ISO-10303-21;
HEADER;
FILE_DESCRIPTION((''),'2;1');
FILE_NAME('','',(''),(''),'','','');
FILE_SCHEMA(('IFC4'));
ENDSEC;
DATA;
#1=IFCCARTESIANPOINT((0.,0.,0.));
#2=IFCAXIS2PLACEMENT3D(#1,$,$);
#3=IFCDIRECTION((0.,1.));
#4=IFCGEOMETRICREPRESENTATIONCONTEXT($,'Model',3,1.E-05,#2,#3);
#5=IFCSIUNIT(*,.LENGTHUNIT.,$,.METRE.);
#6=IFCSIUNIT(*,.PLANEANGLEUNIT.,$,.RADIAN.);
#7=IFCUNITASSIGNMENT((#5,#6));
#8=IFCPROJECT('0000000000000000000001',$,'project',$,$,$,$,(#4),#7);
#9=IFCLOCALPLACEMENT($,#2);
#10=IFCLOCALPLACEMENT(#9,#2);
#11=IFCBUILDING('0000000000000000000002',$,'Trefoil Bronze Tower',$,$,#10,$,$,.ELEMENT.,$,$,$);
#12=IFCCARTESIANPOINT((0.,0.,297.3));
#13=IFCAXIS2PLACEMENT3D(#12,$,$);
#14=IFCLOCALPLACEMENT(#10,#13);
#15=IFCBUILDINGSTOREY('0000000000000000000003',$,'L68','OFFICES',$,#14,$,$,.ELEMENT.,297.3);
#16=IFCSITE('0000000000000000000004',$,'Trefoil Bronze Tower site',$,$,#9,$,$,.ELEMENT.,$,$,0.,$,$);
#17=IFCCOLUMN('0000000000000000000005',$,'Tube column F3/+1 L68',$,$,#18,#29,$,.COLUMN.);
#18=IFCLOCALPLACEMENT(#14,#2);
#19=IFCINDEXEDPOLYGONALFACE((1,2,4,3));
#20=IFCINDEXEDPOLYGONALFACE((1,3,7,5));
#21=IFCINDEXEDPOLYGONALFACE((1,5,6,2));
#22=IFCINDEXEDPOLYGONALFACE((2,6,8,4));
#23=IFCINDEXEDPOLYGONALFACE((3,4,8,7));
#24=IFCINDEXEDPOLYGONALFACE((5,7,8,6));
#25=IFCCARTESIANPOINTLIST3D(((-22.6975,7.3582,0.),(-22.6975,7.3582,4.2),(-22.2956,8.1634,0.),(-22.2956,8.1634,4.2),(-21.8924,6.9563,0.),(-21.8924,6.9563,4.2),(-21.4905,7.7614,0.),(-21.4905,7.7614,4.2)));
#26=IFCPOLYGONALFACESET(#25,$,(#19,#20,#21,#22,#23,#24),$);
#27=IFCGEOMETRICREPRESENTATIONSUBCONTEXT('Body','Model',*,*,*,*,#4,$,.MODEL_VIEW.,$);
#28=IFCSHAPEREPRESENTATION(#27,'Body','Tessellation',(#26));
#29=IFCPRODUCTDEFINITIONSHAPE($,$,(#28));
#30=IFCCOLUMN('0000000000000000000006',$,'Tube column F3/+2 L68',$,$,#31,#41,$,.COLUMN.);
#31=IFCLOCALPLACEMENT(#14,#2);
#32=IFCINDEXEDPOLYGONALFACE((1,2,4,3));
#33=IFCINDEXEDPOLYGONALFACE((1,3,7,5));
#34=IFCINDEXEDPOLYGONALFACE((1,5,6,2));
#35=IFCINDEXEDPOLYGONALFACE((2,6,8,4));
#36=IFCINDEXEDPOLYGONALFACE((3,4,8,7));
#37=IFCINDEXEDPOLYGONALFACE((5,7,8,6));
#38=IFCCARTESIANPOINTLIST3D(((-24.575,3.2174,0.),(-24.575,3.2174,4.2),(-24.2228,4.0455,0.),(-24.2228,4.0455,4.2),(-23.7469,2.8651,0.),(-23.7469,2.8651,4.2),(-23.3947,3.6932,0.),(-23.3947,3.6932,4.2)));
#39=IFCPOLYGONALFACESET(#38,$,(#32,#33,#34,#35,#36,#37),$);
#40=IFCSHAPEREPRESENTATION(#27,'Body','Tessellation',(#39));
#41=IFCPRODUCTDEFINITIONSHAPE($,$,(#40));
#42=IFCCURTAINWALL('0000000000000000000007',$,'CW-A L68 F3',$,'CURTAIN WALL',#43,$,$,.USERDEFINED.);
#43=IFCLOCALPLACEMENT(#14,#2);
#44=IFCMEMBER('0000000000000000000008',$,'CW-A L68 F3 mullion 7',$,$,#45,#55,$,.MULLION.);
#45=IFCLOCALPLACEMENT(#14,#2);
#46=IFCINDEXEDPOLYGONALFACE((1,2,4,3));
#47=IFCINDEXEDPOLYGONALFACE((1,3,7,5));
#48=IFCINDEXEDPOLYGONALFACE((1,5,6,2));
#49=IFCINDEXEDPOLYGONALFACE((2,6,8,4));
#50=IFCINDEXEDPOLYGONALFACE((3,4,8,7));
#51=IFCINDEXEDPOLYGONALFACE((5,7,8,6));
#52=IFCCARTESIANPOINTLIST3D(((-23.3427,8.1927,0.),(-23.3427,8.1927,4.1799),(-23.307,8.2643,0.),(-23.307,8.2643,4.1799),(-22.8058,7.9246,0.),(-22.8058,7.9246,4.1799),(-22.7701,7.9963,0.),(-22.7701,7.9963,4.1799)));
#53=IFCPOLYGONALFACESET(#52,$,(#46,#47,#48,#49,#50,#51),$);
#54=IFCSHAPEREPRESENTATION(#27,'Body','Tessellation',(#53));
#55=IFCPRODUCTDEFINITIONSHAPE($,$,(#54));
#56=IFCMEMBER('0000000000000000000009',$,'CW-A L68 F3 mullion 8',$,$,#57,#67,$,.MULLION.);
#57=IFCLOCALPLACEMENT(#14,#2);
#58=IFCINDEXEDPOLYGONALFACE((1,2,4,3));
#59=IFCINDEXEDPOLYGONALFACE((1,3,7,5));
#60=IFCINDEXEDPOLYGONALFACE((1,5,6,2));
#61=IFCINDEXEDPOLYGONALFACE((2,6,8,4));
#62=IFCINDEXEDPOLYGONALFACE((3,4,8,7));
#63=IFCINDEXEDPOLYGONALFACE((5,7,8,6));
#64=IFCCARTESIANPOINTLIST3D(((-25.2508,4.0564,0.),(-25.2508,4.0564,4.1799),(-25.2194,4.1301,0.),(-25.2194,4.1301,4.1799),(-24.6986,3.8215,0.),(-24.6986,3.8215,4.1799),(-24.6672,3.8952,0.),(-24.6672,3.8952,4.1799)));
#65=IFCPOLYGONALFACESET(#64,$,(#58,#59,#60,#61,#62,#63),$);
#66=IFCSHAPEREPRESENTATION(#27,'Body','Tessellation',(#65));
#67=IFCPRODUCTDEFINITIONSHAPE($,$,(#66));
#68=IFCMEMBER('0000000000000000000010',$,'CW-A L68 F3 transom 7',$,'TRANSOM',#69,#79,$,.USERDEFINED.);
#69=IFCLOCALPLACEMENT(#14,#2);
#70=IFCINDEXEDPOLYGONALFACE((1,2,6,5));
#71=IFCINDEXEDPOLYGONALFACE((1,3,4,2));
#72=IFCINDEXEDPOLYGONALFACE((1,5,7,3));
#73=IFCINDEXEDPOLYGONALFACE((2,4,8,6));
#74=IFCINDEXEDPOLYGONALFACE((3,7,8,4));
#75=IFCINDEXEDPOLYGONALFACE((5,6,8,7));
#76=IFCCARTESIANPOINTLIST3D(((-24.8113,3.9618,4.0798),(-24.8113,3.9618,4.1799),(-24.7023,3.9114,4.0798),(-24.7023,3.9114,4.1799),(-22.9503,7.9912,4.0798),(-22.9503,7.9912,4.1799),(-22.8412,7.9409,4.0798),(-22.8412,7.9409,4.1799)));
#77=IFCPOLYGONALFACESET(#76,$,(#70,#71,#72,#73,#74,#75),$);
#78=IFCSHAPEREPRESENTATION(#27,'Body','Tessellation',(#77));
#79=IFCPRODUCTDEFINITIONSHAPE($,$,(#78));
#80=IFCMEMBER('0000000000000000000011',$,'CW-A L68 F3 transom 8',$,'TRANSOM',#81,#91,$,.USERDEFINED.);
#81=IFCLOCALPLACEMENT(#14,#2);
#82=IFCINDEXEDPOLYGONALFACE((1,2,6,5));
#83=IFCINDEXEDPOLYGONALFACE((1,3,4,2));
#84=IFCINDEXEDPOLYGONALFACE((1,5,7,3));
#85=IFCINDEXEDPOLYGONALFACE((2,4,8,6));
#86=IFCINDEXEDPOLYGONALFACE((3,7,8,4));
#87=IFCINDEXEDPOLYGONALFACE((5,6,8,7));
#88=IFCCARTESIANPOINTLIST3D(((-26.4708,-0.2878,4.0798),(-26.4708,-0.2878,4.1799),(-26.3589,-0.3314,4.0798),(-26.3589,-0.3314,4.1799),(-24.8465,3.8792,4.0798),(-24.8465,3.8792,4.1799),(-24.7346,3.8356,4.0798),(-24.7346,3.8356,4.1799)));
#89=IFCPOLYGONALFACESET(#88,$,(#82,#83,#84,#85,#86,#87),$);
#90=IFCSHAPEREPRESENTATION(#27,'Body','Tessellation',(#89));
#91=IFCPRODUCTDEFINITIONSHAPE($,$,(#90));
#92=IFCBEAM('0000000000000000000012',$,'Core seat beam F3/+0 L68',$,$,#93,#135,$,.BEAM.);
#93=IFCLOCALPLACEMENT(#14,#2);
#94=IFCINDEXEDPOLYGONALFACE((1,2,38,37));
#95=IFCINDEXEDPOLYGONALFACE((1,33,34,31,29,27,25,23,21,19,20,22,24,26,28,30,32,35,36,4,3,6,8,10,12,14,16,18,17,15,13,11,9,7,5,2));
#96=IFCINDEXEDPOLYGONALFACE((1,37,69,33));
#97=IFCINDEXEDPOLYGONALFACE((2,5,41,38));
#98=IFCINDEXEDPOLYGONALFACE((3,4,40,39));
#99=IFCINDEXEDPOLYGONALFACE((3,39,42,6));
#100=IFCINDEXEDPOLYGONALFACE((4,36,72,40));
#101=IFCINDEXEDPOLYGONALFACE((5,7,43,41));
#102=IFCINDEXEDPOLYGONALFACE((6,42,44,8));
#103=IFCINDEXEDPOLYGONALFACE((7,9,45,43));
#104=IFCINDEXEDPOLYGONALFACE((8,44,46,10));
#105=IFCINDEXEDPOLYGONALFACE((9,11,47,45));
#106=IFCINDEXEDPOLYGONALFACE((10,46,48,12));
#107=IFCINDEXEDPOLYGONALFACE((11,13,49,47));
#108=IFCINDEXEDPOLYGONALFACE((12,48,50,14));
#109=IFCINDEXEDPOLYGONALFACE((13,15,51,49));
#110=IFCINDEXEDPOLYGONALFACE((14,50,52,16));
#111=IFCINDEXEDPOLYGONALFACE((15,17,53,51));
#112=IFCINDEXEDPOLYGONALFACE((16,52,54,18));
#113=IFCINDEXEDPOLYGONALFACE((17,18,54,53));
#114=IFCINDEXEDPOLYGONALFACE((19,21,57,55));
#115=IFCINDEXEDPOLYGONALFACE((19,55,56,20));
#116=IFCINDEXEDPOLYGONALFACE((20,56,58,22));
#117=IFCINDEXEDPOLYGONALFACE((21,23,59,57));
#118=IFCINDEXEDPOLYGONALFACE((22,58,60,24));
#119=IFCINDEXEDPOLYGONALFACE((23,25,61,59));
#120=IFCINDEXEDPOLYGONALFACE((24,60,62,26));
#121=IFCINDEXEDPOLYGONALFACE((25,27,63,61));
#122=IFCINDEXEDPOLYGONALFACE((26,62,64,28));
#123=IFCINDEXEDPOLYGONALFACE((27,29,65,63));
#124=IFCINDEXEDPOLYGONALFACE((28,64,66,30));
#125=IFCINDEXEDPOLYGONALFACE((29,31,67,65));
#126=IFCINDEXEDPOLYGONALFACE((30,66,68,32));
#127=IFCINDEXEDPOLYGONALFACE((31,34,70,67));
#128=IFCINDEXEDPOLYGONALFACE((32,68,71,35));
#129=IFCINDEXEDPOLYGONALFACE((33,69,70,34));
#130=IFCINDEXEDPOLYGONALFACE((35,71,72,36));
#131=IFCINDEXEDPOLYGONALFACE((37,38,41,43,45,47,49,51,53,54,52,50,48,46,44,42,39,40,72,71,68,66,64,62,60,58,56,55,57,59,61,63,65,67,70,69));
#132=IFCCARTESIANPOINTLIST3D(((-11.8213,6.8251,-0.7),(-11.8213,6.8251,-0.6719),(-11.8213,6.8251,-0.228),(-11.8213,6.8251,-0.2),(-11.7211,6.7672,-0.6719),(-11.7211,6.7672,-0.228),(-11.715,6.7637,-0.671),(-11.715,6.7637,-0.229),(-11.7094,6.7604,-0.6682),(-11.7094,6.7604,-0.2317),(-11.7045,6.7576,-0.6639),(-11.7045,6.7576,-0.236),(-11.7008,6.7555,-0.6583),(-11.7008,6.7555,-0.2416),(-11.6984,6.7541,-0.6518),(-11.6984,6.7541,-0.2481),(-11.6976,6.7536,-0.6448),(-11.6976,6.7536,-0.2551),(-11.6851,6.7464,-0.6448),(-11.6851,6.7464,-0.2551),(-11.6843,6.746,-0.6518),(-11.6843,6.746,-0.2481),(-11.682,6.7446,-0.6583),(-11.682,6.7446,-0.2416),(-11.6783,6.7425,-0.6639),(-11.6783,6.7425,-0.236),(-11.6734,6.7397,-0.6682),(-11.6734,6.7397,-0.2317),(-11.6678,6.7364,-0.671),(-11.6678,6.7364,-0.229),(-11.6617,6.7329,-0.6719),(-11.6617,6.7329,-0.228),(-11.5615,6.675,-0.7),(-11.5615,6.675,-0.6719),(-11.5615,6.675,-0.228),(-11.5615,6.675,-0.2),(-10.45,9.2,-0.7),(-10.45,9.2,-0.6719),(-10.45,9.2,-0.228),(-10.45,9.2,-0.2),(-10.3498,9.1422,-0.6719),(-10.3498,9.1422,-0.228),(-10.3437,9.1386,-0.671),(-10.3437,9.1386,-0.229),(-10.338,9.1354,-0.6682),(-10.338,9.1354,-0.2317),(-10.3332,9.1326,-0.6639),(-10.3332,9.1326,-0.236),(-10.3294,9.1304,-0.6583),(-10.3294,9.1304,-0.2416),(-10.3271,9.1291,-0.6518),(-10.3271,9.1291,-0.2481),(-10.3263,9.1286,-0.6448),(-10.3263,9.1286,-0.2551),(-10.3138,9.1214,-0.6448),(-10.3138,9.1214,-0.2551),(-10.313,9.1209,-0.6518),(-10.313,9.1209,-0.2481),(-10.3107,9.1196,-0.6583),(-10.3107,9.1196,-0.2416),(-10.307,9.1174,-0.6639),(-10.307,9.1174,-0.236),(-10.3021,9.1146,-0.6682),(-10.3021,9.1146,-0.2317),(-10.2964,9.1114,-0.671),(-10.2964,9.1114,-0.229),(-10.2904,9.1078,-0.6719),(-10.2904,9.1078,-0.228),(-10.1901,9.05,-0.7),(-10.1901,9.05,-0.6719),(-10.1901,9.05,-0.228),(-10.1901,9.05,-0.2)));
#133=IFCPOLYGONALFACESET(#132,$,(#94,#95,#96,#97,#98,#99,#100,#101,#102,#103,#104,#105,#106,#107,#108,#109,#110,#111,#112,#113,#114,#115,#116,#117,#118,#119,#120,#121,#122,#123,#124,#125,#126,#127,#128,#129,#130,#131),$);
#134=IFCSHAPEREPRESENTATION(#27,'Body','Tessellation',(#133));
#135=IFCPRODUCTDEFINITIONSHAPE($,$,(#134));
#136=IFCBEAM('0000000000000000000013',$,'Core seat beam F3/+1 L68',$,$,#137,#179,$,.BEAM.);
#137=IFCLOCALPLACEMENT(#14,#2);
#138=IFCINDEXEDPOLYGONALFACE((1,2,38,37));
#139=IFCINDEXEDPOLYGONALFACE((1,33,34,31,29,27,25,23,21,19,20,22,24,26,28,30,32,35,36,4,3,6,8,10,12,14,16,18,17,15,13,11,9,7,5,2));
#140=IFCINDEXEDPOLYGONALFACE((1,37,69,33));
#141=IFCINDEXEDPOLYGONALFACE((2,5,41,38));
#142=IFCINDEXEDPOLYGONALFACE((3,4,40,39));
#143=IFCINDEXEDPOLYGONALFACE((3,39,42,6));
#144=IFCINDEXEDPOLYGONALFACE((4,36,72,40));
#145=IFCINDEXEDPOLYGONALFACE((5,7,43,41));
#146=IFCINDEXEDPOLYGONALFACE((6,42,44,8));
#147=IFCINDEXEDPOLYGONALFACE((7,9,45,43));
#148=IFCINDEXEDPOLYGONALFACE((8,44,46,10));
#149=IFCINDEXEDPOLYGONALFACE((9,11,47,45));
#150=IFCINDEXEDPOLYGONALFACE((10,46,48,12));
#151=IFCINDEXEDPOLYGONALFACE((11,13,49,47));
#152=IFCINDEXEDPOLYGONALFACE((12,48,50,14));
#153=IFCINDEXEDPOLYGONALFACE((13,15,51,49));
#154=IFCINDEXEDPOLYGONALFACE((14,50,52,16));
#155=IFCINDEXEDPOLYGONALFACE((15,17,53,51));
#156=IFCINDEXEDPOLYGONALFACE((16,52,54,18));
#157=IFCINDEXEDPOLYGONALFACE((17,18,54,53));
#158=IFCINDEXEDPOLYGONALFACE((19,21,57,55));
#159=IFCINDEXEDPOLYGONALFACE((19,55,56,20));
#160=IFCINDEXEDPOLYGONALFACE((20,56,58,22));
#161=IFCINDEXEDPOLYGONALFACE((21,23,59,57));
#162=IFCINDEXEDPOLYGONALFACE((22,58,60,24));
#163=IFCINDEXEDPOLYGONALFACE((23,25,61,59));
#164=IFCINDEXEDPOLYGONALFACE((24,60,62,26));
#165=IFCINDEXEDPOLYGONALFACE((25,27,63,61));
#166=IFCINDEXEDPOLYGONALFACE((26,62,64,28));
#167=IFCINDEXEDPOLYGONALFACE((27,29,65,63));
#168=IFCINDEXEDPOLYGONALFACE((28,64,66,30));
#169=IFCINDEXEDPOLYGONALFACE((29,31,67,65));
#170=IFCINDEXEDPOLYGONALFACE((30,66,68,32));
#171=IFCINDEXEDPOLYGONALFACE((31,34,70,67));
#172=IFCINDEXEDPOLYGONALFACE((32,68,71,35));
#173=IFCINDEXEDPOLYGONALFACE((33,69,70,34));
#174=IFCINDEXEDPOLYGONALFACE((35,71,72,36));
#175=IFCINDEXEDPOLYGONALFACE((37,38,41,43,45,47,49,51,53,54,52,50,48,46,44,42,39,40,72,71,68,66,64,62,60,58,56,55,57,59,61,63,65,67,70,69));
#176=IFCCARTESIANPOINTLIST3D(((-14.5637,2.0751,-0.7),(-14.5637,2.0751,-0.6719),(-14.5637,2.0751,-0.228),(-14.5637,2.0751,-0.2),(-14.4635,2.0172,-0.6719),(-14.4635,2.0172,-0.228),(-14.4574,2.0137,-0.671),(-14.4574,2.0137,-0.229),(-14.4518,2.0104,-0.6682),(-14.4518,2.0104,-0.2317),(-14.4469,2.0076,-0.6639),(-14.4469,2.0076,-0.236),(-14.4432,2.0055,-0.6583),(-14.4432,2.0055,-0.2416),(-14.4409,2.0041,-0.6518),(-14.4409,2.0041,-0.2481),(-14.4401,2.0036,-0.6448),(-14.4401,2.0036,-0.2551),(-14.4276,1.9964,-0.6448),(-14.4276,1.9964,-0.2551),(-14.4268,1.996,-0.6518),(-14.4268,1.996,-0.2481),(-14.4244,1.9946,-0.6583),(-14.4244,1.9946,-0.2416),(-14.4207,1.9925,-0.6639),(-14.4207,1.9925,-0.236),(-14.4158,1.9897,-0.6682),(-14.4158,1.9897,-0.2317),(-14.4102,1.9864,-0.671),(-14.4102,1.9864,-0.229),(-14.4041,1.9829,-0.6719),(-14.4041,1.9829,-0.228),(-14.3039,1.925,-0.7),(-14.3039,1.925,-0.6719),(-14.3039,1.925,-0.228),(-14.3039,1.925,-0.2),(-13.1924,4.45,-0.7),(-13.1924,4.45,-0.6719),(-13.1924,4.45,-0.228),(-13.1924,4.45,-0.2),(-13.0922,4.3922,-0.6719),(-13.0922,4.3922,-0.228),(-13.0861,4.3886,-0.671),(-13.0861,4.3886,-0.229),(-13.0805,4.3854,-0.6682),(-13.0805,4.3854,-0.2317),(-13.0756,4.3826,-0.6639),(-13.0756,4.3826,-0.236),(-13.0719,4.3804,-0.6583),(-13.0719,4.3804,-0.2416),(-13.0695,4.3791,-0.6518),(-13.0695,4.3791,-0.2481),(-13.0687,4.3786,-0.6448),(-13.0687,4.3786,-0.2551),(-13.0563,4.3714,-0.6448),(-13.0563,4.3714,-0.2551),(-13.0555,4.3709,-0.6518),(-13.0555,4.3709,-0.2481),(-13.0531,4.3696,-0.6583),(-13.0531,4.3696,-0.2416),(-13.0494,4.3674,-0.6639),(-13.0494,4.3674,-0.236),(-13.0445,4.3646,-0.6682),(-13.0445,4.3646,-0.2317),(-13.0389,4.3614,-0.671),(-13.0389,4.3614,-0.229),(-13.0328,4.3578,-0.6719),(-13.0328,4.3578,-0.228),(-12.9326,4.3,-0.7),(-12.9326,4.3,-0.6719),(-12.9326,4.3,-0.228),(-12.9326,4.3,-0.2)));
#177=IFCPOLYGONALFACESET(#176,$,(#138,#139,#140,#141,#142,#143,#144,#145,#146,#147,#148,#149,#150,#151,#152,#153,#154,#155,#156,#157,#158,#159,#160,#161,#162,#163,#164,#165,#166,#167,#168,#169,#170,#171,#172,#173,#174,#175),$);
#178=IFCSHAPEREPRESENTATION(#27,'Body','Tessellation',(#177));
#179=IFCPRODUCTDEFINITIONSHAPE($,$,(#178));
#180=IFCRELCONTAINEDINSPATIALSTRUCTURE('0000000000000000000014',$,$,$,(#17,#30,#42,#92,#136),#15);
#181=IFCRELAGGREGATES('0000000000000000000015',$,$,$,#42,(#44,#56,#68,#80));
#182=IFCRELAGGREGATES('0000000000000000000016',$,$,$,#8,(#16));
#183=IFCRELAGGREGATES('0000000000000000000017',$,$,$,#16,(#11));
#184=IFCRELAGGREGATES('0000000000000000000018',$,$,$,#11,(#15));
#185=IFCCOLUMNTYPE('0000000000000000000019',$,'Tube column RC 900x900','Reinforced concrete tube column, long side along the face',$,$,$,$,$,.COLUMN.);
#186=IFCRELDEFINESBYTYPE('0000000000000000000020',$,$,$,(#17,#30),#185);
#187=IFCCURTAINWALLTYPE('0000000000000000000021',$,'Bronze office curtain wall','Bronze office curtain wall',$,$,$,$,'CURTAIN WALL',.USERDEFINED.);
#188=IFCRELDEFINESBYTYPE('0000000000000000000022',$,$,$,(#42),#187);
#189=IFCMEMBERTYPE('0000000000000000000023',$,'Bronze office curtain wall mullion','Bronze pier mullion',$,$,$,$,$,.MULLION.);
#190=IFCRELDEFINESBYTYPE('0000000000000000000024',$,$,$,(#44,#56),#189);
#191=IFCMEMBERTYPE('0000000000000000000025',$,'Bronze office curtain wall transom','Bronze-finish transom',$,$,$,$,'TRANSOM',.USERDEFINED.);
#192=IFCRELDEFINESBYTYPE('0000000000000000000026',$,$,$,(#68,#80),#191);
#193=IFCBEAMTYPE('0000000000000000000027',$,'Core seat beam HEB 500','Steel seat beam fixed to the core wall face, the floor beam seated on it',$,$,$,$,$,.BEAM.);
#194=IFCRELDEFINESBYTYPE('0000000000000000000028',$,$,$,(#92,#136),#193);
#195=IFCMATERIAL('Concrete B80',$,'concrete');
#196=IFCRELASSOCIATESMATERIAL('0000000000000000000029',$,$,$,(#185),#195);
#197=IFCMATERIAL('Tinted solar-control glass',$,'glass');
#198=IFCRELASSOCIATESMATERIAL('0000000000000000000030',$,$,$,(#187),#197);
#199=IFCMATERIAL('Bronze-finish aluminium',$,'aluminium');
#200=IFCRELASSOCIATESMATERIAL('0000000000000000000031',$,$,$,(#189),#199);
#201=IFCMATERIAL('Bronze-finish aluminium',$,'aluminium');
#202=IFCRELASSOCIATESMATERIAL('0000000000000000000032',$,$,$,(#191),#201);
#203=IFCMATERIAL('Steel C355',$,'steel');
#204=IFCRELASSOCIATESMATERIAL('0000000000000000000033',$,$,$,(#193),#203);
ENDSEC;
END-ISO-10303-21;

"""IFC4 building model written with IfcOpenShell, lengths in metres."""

from ifc_helpers import new_model, si_unit, direction, frame, origin, origin_2d, place, context, subcontext, project, spatial, rectangle, i_section, extrude, material, material_profile, profile_set, type_object, element, aggregate, save


model = new_model("IFC4")

# Units and contexts
model_context = context("Model", 3, precision=1e-05, world=origin(), true_north=direction((0.0, 1.0)))
body_context = subcontext(model_context, "Body", "Model", "MODEL_VIEW")
ifc_project = project(units=[si_unit("LENGTHUNIT", "METRE"), si_unit("PLANEANGLEUNIT", "RADIAN")], contexts=[model_context])

# Site, building, storey
site_placement = place(None, origin())
site = spatial("IfcSite", under=ifc_project, at=site_placement, Name="Trefoil Bronze Tower site", CompositionType="ELEMENT", RefElevation=0.0)
building_placement = place(site_placement, origin())
building = spatial("IfcBuilding", under=site, at=building_placement, Name="Trefoil Bronze Tower", CompositionType="ELEMENT")
storey_placement = place(building_placement, frame((0.0, 0.0, 297.3)))
storey = spatial("IfcBuildingStorey", under=building, at=storey_placement, Name="L68", Description="OFFICES", CompositionType="ELEMENT", Elevation=297.3)

# Columns
ifc_material_1 = material(Name="Concrete B80", Category="concrete")
ifc_material_profile_1 = material_profile(ifc_material_1, rectangle(XDim=0.8999, YDim=0.8999, at=origin_2d()), Name="RC 900x900")
ifc_profile_set_1 = profile_set([ifc_material_profile_1], Name="Concrete B80")
column_type = type_object("IfcColumnType", Name="Tube column RC 900x900", Description="Reinforced concrete tube column, long side along the face", PredefinedType="COLUMN", material=ifc_profile_set_1)
for number, where, z_axis, x_axis, name in (
    (1, (-22.094, 7.5598, 0.0), (0.0, 0.0, 1.0), (-0.446641, -0.894713, 0.0), "Tube column F3/+1 L68"),
    (2, (-23.9849, 3.4553, 0.0), (0.0, 0.0, 1.0), (-0.391436, -0.920205, 0.0), "Tube column F3/+2 L68"),
):
    element("IfcColumn", number, at=place(storey_placement, frame(where, z_axis=z_axis, x_axis=x_axis)), inside=storey, type_object=column_type, Name=name, PredefinedType="COLUMN", context=body_context, shape_type="SweptSolid", body=[
        extrude(rectangle(XDim=0.8999, YDim=0.8999, at=origin_2d()), origin(), (0.0, 0.0, 1.0), 4.2),
    ])

# Curtain wall, members
ifc_material_2 = material(Name="Tinted solar-control glass", Category="glass")
curtain_wall_type = type_object("IfcCurtainWallType", Name="Bronze office curtain wall", Description="Bronze office curtain wall", ElementType="CURTAIN WALL", PredefinedType="USERDEFINED", material=ifc_material_2)
curtain_wall_placement = place(storey_placement, origin())
curtain_wall = element("IfcCurtainWall", 3, at=curtain_wall_placement, inside=storey, type_object=curtain_wall_type, Name="CW-A L68 F3", ObjectType="CURTAIN WALL", PredefinedType="USERDEFINED")
ifc_material_3 = material(Name="Bronze-finish aluminium", Category="aluminium")
ifc_material_profile_2 = material_profile(ifc_material_3, rectangle(XDim=0.6001, YDim=0.0801, at=origin_2d()), Name="CW-A mullion")
ifc_profile_set_2 = profile_set([ifc_material_profile_2], Name="Bronze-finish aluminium")
member_type_1 = type_object("IfcMemberType", Name="Bronze office curtain wall mullion", Description="Bronze pier mullion", PredefinedType="MULLION", material=ifc_profile_set_2)
member_1_placement = place(storey_placement, frame((-23.0564, 8.0945, 0.0), z_axis=(0.0, 0.0, 1.0), x_axis=(0.894713, -0.446641, 0.0)))
member_1 = element("IfcMember", 4, at=member_1_placement, type_object=member_type_1, Name="CW-A L68 F3 mullion 7", PredefinedType="MULLION", context=body_context, shape_type="SweptSolid", body=[
    extrude(rectangle(XDim=0.6001, YDim=0.0801, at=origin_2d()), origin(), (0.0, 0.0, 1.0), 4.1799),
])
member_2_placement = place(storey_placement, frame((-24.959, 3.9758, 0.0), z_axis=(0.0, 0.0, 1.0), x_axis=(0.920205, -0.391436, 0.0)))
member_2 = element("IfcMember", 5, at=member_2_placement, type_object=member_type_1, Name="CW-A L68 F3 mullion 8", PredefinedType="MULLION", context=body_context, shape_type="SweptSolid", body=[
    extrude(rectangle(XDim=0.6001, YDim=0.0801, at=origin_2d()), origin(), (0.0, 0.0, 1.0), 4.1799),
])
ifc_material_4 = material(Name="Bronze-finish aluminium", Category="aluminium")
ifc_material_profile_3 = material_profile(ifc_material_4, rectangle(XDim=0.1201, YDim=0.1001, at=origin_2d()), Name="CW-A transom")
ifc_profile_set_3 = profile_set([ifc_material_profile_3], Name="Bronze-finish aluminium")
member_type_2 = type_object("IfcMemberType", Name="Bronze office curtain wall transom", Description="Bronze-finish transom", ElementType="TRANSOM", PredefinedType="USERDEFINED", material=ifc_profile_set_3)
member_3_placement = place(storey_placement, frame((-22.8958, 7.9661, 4.1299), z_axis=(-0.419299, -0.907848, 0.0), x_axis=(0.907848, -0.419299, 0.0)))
member_3 = element("IfcMember", 6, at=member_3_placement, type_object=member_type_2, Name="CW-A L68 F3 transom 7", ObjectType="TRANSOM", PredefinedType="USERDEFINED", context=body_context, shape_type="SweptSolid", body=[
    extrude(rectangle(XDim=0.1201, YDim=0.1001, at=origin_2d()), origin(), (0.0, 0.0, 1.0), 4.4385),
])
member_4_placement = place(storey_placement, frame((-24.7905, 3.8574, 4.1299), z_axis=(-0.363178, -0.93172, 0.0), x_axis=(0.93172, -0.363178, 0.0)))
member_4 = element("IfcMember", 7, at=member_4_placement, type_object=member_type_2, Name="CW-A L68 F3 transom 8", ObjectType="TRANSOM", PredefinedType="USERDEFINED", context=body_context, shape_type="SweptSolid", body=[
    extrude(rectangle(XDim=0.1201, YDim=0.1001, at=origin_2d()), origin(), (0.0, 0.0, 1.0), 4.4724),
])

# Beams
ifc_material_5 = material(Name="Steel C355", Category="steel")
ifc_material_profile_4 = material_profile(ifc_material_5, i_section(OverallWidth=0.3, OverallDepth=0.5, WebThickness=0.0144, FlangeThickness=0.0281, FilletRadius=0.0271, at=origin_2d()), Name="HEB 500")
ifc_profile_set_4 = profile_set([ifc_material_profile_4], Name="Steel C355")
beam_type_1 = type_object("IfcBeamType", Name="Core seat beam HEB 500", Description="Steel seat beam fixed to the core wall face, the floor beam seated on it", PredefinedType="BEAM", material=ifc_profile_set_4)
for number, where, z_axis, x_axis, name in (
    (8, (-10.3201, 9.125, -0.45), (-0.500036, -0.866005, 0.0), (0.866005, -0.500036, 0.0), "Core seat beam F3/+0 L68"),
    (9, (-13.0625, 4.375, -0.45), (-0.500036, -0.866005, 0.0), (0.866005, -0.500036, 0.0), "Core seat beam F3/+1 L68"),
):
    element("IfcBeam", number, at=place(storey_placement, frame(where, z_axis=z_axis, x_axis=x_axis)), inside=storey, type_object=beam_type_1, Name=name, PredefinedType="BEAM", context=body_context, shape_type="SweptSolid", body=[
        extrude(i_section(OverallWidth=0.3, OverallDepth=0.5, WebThickness=0.0144, FlangeThickness=0.0281, FilletRadius=0.0271, at=origin_2d()), origin(), (0.0, 0.0, 1.0), 2.7424),
    ])

aggregate(curtain_wall, [member_1, member_2, member_3, member_4])

save(model, "model.ifc")
